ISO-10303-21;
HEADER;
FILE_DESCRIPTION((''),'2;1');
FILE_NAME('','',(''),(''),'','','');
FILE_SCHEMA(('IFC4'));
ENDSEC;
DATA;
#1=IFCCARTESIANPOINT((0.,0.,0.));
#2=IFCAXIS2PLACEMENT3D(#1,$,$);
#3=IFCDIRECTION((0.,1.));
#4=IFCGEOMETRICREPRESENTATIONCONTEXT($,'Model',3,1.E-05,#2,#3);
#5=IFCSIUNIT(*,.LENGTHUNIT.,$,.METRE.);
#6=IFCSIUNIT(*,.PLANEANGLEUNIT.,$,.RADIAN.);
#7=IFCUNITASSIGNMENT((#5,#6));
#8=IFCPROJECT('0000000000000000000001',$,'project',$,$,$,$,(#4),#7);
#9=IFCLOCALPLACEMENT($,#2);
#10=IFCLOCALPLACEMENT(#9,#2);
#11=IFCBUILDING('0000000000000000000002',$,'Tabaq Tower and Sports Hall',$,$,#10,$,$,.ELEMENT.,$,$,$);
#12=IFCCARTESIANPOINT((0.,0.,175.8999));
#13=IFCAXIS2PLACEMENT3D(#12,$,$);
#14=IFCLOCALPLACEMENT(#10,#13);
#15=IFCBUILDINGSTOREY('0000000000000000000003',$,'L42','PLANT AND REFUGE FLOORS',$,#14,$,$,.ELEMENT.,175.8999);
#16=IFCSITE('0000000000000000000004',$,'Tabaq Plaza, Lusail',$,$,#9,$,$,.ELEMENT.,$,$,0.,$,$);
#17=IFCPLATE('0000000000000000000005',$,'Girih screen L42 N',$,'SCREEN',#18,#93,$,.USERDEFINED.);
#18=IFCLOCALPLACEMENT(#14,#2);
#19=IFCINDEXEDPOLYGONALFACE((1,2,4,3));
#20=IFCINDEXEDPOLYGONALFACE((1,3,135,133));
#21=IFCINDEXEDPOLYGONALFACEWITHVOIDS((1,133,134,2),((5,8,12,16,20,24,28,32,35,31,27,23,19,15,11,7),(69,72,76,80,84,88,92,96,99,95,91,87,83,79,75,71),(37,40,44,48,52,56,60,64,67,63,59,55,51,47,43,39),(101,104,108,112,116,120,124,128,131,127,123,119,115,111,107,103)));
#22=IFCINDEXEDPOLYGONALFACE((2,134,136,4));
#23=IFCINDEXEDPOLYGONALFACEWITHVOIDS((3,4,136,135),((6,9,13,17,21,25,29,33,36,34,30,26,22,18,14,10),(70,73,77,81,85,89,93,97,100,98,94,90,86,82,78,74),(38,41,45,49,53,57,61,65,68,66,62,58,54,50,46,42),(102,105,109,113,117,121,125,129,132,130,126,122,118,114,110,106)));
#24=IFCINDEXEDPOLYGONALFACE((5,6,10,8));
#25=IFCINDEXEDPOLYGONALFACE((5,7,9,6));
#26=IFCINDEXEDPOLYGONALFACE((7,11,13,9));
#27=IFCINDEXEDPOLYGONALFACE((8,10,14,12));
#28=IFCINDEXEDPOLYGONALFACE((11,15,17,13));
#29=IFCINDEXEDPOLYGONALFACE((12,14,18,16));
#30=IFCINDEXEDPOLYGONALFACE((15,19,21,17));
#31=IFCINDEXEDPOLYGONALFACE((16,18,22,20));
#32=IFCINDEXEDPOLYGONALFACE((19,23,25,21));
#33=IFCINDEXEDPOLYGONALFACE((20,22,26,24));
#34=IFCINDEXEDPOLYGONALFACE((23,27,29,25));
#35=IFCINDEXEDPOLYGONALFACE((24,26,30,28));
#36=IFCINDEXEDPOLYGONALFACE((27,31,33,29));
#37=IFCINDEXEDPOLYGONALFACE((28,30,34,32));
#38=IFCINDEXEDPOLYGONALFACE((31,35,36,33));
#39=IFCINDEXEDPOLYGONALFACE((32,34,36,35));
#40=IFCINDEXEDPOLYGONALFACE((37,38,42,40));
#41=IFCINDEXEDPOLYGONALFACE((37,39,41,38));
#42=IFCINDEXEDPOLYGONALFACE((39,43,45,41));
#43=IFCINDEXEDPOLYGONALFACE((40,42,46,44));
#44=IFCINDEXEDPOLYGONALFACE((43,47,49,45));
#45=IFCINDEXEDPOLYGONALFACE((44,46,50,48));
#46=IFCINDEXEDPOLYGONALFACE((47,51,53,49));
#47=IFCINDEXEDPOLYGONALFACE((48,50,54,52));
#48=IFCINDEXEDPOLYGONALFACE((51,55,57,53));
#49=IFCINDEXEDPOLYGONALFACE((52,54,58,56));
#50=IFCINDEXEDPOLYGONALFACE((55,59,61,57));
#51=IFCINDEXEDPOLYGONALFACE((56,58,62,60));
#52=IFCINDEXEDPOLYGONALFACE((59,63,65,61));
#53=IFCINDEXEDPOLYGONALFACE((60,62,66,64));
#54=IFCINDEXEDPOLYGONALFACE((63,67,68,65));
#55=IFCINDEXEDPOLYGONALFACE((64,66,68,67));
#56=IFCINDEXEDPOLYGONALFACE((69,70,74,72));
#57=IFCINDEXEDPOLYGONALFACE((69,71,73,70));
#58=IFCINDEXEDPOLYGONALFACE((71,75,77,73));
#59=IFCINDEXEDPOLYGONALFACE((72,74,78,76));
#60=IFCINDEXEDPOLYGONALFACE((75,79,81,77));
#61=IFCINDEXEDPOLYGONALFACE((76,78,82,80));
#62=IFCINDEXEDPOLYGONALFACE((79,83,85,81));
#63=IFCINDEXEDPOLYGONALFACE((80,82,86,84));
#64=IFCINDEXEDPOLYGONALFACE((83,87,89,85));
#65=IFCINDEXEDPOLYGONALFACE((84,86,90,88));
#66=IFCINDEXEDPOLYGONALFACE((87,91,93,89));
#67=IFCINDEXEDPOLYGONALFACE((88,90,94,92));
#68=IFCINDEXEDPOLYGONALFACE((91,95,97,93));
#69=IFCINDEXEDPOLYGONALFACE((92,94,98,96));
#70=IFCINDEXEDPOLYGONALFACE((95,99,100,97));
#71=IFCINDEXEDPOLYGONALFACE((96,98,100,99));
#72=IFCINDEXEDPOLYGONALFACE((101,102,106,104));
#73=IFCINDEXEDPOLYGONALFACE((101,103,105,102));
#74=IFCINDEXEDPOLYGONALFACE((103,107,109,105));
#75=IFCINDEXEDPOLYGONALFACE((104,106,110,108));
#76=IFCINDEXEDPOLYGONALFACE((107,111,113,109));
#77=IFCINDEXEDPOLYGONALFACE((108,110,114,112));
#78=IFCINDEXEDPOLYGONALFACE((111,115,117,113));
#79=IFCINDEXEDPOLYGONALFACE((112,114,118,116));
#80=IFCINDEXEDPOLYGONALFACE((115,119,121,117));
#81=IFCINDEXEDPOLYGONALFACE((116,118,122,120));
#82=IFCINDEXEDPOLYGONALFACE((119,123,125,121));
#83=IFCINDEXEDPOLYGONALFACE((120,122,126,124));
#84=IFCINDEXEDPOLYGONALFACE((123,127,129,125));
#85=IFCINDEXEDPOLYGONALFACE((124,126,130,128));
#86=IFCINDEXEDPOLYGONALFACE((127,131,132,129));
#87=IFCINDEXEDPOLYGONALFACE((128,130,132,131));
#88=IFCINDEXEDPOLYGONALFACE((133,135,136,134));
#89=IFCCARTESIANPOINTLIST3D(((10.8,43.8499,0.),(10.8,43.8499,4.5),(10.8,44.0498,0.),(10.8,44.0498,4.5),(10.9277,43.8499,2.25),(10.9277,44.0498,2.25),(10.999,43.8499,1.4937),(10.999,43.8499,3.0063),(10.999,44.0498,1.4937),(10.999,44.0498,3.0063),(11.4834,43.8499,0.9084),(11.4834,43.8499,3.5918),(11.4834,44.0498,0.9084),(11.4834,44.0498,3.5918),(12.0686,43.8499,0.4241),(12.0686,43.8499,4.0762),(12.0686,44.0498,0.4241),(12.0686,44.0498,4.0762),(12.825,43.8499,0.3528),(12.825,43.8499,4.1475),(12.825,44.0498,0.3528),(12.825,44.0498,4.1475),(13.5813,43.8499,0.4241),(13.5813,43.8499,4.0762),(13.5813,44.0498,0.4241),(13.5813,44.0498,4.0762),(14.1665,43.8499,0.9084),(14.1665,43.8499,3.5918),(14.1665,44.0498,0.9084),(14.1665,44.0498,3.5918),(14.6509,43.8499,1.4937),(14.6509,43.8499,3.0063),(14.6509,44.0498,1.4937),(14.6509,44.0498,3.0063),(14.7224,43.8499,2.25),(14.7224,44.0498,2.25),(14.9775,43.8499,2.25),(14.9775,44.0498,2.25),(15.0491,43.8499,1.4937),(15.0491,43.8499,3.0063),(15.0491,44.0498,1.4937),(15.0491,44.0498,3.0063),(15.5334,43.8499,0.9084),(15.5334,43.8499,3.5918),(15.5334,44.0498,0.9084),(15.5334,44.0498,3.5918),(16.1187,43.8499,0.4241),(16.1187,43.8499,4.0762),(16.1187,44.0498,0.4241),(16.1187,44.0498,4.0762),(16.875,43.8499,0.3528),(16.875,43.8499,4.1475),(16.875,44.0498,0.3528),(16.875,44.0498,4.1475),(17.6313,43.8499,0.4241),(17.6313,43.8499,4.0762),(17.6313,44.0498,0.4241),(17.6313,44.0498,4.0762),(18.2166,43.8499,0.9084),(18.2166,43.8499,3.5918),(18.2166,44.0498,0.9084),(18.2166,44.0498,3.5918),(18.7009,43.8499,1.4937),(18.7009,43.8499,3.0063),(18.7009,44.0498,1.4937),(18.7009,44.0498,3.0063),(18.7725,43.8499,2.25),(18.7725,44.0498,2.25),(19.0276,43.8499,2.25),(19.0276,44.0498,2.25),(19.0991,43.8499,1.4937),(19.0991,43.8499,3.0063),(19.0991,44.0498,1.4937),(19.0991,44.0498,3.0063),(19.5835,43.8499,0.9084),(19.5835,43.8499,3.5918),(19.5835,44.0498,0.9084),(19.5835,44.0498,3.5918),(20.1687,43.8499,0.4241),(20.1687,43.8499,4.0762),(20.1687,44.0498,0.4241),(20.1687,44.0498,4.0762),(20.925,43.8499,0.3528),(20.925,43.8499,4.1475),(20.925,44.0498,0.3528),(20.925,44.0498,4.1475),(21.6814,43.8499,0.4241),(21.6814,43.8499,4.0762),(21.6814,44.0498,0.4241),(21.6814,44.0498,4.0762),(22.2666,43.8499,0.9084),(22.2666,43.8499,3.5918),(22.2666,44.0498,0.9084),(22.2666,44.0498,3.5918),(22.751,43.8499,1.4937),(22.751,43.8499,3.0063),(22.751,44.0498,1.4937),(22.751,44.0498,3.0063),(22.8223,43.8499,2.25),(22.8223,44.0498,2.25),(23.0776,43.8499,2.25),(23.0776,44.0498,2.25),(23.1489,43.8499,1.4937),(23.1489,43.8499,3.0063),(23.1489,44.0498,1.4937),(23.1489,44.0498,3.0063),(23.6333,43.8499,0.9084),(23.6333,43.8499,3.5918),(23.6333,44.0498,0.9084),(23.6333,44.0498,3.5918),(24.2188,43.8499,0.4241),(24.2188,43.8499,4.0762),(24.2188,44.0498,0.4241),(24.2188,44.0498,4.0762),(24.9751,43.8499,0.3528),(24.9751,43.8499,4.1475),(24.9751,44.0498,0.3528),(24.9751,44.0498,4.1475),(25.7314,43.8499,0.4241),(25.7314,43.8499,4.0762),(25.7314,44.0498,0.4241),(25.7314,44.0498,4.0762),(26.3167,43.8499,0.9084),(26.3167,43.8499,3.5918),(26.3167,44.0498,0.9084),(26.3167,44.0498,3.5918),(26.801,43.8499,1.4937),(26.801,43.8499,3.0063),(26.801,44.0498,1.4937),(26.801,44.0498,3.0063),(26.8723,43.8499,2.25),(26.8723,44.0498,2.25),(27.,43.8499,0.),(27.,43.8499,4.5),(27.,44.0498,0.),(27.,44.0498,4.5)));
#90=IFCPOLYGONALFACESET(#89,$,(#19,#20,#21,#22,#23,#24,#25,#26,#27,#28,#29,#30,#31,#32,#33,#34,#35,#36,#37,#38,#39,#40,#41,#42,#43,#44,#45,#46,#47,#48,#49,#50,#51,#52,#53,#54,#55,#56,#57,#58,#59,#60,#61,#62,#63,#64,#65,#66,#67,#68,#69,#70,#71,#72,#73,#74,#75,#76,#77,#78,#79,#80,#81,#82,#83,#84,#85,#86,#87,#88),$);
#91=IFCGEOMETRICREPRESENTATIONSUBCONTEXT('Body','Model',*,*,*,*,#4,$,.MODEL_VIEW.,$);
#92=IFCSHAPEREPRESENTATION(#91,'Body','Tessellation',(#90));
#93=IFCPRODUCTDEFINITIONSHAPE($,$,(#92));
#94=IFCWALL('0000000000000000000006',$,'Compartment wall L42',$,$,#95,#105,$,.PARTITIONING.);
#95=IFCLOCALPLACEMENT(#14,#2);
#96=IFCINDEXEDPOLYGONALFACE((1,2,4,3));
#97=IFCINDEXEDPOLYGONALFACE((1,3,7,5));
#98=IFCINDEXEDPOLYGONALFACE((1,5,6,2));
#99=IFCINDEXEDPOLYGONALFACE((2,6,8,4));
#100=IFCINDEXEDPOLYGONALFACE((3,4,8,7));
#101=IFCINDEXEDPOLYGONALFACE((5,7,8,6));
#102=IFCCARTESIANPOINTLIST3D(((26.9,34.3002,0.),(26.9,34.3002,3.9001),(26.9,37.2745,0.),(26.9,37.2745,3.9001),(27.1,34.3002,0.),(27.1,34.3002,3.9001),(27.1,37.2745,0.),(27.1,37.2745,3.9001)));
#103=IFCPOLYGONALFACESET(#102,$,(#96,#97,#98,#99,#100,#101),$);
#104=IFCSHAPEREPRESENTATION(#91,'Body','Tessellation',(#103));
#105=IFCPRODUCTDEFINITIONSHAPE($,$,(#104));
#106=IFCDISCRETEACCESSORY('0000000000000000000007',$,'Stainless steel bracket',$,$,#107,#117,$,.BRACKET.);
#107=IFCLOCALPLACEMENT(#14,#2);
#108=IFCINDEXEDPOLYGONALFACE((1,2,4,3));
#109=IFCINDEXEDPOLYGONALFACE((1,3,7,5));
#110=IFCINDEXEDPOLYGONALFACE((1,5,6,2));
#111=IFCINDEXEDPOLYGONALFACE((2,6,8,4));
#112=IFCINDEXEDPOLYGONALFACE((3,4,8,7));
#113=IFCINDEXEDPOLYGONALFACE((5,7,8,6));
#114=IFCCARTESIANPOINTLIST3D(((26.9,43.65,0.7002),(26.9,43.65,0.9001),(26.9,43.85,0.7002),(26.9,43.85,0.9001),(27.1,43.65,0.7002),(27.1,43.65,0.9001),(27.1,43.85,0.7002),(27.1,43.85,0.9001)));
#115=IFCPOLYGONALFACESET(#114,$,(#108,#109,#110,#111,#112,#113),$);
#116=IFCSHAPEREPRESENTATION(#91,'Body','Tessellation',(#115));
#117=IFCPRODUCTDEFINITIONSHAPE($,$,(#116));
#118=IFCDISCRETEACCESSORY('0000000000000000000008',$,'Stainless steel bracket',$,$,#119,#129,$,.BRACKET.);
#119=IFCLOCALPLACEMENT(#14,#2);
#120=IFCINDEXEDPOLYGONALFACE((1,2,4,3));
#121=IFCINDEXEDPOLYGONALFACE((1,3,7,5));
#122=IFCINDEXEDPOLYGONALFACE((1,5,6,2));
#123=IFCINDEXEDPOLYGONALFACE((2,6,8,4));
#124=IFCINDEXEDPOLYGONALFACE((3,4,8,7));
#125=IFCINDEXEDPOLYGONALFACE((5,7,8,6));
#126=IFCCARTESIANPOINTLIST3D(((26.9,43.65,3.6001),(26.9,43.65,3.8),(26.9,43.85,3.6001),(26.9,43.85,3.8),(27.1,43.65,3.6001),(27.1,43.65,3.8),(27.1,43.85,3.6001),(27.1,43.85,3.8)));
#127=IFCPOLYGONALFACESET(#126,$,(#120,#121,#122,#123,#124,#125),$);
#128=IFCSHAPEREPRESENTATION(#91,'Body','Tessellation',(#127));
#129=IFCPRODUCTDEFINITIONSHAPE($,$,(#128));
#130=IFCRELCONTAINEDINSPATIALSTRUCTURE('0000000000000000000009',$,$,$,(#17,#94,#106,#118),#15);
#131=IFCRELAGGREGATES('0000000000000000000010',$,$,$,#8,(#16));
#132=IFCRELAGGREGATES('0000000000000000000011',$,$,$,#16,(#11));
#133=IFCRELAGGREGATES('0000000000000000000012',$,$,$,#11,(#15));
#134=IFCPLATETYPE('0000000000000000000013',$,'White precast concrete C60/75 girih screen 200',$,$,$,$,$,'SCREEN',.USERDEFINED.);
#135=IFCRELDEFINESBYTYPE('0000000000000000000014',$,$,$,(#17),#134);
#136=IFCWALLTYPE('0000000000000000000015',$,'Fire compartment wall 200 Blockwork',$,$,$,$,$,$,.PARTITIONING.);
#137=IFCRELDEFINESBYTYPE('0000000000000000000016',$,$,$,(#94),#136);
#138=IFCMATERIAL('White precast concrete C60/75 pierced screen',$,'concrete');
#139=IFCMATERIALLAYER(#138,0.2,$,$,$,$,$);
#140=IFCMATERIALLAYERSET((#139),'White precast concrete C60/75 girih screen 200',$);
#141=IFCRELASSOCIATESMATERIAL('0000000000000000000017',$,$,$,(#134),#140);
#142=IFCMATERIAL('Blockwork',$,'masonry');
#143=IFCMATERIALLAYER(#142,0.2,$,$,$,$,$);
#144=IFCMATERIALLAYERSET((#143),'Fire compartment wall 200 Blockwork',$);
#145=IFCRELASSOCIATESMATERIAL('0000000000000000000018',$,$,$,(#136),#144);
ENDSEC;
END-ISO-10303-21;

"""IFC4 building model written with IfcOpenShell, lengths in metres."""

from ifc_helpers import new_model, si_unit, direction, frame, frame_2d, origin, origin_2d, place, context, subcontext, project, spatial, polyline, rectangle, outline, extrude, material, layer, layer_set, type_object, element, save


model = new_model("IFC4")

# Units and contexts
model_context = context("Model", 3, precision=1e-05, world=origin(), true_north=direction((0.0, 1.0)))
body_context = subcontext(model_context, "Body", "Model", "MODEL_VIEW")
ifc_project = project(units=[si_unit("LENGTHUNIT", "METRE"), si_unit("PLANEANGLEUNIT", "RADIAN")], contexts=[model_context])

# Site, building, storey
site_placement = place(None, origin())
site = spatial("IfcSite", under=ifc_project, at=site_placement, Name="Tabaq Plaza, Lusail", CompositionType="ELEMENT", RefElevation=0.0)
building_placement = place(site_placement, origin())
building = spatial("IfcBuilding", under=site, at=building_placement, Name="Tabaq Tower and Sports Hall", CompositionType="ELEMENT")
storey_placement = place(building_placement, frame((0.0, 0.0, 175.8999)))
storey = spatial("IfcBuildingStorey", under=building, at=storey_placement, Name="L42", Description="PLANT AND REFUGE FLOORS", CompositionType="ELEMENT", Elevation=175.8999)

# Plate
ifc_material_1 = material(Name="White precast concrete C60/75 pierced screen", Category="concrete")
ifc_layer_1 = layer(ifc_material_1, 0.2)
ifc_layer_set_1 = layer_set([ifc_layer_1], Name="White precast concrete C60/75 girih screen 200")
plate_type_1 = type_object("IfcPlateType", Name="White precast concrete C60/75 girih screen 200", ElementType="SCREEN", PredefinedType="USERDEFINED", material=ifc_layer_set_1)
plate_1_placement = place(storey_placement, frame((27.0, 43.95, 0.0), z_axis=(0.0, 0.0, 1.0), x_axis=(-1.0, 0.0, 0.0)))
element("IfcPlate", 1, at=plate_1_placement, inside=storey, type_object=plate_type_1, Name="Girih screen L42 N", ObjectType="SCREEN", PredefinedType="USERDEFINED", context=body_context, shape_type="SweptSolid", body=[
    extrude(outline(polyline([(0.0, 0.0), (16.2, 0.0), (16.2, 4.5), (0.0, 4.5), (0.0, 0.0)]), holes=[polyline([(3.8511, 3.0063), (3.3667, 3.5918), (2.7812, 4.0762), (2.0249, 4.1475), (1.2686, 4.0762), (0.6833, 3.5918), (0.199, 3.0063), (0.1277, 2.25), (0.199, 1.4937), (0.6833, 0.9084), (1.2686, 0.4241), (2.0249, 0.3528), (2.7812, 0.4241), (3.3667, 0.9084), (3.8511, 1.4937), (3.9224, 2.25), (3.8511, 3.0063)]), polyline([(7.9009, 3.0063), (7.4165, 3.5918), (6.8313, 4.0762), (6.075, 4.1475), (5.3186, 4.0762), (4.7334, 3.5918), (4.249, 3.0063), (4.1777, 2.25), (4.249, 1.4937), (4.7334, 0.9084), (5.3186, 0.4241), (6.075, 0.3528), (6.8313, 0.4241), (7.4165, 0.9084), (7.9009, 1.4937), (7.9724, 2.25), (7.9009, 3.0063)]), polyline([(11.9509, 3.0063), (11.4666, 3.5918), (10.8813, 4.0762), (10.125, 4.1475), (9.3687, 4.0762), (8.7834, 3.5918), (8.2991, 3.0063), (8.2275, 2.25), (8.2991, 1.4937), (8.7834, 0.9084), (9.3687, 0.4241), (10.125, 0.3528), (10.8813, 0.4241), (11.4666, 0.9084), (11.9509, 1.4937), (12.0225, 2.25), (11.9509, 3.0063)]), polyline([(16.001, 3.0063), (15.5166, 3.5918), (14.9314, 4.0762), (14.175, 4.1475), (13.4187, 4.0762), (12.8335, 3.5918), (12.3491, 3.0063), (12.2776, 2.25), (12.3491, 1.4937), (12.8335, 0.9084), (13.4187, 0.4241), (14.175, 0.3528), (14.9314, 0.4241), (15.5166, 0.9084), (16.001, 1.4937), (16.0723, 2.25), (16.001, 3.0063)])]), frame((0.0, 0.1001, 0.0), z_axis=(0.0, -1.0, 0.0), x_axis=(1.0, 0.0, 0.0)), (0.0, 0.0, 1.0), 0.2),
])

# Wall
ifc_material_2 = material(Name="Blockwork", Category="masonry")
ifc_layer_2 = layer(ifc_material_2, 0.2)
ifc_layer_set_2 = layer_set([ifc_layer_2], Name="Fire compartment wall 200 Blockwork")
wall_type = type_object("IfcWallType", Name="Fire compartment wall 200 Blockwork", PredefinedType="PARTITIONING", material=ifc_layer_set_2)
wall_1_placement = place(storey_placement, frame((27.0, 34.3, 0.0), z_axis=(0.0, 0.0, 1.0), x_axis=(0.0, 1.0, 0.0)))
element("IfcWall", 2, at=wall_1_placement, inside=storey, type_object=wall_type, Name="Compartment wall L42", PredefinedType="PARTITIONING", context=body_context, shape_type="SweptSolid", body=[
    extrude(rectangle(XDim=2.9744, YDim=0.2, at=frame_2d((1.4873, 0.0))), origin(), (0.0, 0.0, 1.0), 3.9001),
])

# Discrete accessories
for number, where, z_axis, x_axis, name in (
    (3, (27.0, 43.75, 0.7002), (0.0, 0.0, 1.0), (0.0, -1.0, 0.0), "Stainless steel bracket"),
    (4, (27.0, 43.75, 3.6001), (0.0, 0.0, 1.0), (0.0, -1.0, 0.0), "Stainless steel bracket"),
):
    element("IfcDiscreteAccessory", number, at=place(storey_placement, frame(where, z_axis=z_axis, x_axis=x_axis)), inside=storey, Name=name, PredefinedType="BRACKET", context=body_context, shape_type="SweptSolid", body=[
        extrude(rectangle(XDim=0.2, YDim=0.2, at=origin_2d()), origin(), (0.0, 0.0, 1.0), 0.2),
    ])

save(model, "model.ifc")
